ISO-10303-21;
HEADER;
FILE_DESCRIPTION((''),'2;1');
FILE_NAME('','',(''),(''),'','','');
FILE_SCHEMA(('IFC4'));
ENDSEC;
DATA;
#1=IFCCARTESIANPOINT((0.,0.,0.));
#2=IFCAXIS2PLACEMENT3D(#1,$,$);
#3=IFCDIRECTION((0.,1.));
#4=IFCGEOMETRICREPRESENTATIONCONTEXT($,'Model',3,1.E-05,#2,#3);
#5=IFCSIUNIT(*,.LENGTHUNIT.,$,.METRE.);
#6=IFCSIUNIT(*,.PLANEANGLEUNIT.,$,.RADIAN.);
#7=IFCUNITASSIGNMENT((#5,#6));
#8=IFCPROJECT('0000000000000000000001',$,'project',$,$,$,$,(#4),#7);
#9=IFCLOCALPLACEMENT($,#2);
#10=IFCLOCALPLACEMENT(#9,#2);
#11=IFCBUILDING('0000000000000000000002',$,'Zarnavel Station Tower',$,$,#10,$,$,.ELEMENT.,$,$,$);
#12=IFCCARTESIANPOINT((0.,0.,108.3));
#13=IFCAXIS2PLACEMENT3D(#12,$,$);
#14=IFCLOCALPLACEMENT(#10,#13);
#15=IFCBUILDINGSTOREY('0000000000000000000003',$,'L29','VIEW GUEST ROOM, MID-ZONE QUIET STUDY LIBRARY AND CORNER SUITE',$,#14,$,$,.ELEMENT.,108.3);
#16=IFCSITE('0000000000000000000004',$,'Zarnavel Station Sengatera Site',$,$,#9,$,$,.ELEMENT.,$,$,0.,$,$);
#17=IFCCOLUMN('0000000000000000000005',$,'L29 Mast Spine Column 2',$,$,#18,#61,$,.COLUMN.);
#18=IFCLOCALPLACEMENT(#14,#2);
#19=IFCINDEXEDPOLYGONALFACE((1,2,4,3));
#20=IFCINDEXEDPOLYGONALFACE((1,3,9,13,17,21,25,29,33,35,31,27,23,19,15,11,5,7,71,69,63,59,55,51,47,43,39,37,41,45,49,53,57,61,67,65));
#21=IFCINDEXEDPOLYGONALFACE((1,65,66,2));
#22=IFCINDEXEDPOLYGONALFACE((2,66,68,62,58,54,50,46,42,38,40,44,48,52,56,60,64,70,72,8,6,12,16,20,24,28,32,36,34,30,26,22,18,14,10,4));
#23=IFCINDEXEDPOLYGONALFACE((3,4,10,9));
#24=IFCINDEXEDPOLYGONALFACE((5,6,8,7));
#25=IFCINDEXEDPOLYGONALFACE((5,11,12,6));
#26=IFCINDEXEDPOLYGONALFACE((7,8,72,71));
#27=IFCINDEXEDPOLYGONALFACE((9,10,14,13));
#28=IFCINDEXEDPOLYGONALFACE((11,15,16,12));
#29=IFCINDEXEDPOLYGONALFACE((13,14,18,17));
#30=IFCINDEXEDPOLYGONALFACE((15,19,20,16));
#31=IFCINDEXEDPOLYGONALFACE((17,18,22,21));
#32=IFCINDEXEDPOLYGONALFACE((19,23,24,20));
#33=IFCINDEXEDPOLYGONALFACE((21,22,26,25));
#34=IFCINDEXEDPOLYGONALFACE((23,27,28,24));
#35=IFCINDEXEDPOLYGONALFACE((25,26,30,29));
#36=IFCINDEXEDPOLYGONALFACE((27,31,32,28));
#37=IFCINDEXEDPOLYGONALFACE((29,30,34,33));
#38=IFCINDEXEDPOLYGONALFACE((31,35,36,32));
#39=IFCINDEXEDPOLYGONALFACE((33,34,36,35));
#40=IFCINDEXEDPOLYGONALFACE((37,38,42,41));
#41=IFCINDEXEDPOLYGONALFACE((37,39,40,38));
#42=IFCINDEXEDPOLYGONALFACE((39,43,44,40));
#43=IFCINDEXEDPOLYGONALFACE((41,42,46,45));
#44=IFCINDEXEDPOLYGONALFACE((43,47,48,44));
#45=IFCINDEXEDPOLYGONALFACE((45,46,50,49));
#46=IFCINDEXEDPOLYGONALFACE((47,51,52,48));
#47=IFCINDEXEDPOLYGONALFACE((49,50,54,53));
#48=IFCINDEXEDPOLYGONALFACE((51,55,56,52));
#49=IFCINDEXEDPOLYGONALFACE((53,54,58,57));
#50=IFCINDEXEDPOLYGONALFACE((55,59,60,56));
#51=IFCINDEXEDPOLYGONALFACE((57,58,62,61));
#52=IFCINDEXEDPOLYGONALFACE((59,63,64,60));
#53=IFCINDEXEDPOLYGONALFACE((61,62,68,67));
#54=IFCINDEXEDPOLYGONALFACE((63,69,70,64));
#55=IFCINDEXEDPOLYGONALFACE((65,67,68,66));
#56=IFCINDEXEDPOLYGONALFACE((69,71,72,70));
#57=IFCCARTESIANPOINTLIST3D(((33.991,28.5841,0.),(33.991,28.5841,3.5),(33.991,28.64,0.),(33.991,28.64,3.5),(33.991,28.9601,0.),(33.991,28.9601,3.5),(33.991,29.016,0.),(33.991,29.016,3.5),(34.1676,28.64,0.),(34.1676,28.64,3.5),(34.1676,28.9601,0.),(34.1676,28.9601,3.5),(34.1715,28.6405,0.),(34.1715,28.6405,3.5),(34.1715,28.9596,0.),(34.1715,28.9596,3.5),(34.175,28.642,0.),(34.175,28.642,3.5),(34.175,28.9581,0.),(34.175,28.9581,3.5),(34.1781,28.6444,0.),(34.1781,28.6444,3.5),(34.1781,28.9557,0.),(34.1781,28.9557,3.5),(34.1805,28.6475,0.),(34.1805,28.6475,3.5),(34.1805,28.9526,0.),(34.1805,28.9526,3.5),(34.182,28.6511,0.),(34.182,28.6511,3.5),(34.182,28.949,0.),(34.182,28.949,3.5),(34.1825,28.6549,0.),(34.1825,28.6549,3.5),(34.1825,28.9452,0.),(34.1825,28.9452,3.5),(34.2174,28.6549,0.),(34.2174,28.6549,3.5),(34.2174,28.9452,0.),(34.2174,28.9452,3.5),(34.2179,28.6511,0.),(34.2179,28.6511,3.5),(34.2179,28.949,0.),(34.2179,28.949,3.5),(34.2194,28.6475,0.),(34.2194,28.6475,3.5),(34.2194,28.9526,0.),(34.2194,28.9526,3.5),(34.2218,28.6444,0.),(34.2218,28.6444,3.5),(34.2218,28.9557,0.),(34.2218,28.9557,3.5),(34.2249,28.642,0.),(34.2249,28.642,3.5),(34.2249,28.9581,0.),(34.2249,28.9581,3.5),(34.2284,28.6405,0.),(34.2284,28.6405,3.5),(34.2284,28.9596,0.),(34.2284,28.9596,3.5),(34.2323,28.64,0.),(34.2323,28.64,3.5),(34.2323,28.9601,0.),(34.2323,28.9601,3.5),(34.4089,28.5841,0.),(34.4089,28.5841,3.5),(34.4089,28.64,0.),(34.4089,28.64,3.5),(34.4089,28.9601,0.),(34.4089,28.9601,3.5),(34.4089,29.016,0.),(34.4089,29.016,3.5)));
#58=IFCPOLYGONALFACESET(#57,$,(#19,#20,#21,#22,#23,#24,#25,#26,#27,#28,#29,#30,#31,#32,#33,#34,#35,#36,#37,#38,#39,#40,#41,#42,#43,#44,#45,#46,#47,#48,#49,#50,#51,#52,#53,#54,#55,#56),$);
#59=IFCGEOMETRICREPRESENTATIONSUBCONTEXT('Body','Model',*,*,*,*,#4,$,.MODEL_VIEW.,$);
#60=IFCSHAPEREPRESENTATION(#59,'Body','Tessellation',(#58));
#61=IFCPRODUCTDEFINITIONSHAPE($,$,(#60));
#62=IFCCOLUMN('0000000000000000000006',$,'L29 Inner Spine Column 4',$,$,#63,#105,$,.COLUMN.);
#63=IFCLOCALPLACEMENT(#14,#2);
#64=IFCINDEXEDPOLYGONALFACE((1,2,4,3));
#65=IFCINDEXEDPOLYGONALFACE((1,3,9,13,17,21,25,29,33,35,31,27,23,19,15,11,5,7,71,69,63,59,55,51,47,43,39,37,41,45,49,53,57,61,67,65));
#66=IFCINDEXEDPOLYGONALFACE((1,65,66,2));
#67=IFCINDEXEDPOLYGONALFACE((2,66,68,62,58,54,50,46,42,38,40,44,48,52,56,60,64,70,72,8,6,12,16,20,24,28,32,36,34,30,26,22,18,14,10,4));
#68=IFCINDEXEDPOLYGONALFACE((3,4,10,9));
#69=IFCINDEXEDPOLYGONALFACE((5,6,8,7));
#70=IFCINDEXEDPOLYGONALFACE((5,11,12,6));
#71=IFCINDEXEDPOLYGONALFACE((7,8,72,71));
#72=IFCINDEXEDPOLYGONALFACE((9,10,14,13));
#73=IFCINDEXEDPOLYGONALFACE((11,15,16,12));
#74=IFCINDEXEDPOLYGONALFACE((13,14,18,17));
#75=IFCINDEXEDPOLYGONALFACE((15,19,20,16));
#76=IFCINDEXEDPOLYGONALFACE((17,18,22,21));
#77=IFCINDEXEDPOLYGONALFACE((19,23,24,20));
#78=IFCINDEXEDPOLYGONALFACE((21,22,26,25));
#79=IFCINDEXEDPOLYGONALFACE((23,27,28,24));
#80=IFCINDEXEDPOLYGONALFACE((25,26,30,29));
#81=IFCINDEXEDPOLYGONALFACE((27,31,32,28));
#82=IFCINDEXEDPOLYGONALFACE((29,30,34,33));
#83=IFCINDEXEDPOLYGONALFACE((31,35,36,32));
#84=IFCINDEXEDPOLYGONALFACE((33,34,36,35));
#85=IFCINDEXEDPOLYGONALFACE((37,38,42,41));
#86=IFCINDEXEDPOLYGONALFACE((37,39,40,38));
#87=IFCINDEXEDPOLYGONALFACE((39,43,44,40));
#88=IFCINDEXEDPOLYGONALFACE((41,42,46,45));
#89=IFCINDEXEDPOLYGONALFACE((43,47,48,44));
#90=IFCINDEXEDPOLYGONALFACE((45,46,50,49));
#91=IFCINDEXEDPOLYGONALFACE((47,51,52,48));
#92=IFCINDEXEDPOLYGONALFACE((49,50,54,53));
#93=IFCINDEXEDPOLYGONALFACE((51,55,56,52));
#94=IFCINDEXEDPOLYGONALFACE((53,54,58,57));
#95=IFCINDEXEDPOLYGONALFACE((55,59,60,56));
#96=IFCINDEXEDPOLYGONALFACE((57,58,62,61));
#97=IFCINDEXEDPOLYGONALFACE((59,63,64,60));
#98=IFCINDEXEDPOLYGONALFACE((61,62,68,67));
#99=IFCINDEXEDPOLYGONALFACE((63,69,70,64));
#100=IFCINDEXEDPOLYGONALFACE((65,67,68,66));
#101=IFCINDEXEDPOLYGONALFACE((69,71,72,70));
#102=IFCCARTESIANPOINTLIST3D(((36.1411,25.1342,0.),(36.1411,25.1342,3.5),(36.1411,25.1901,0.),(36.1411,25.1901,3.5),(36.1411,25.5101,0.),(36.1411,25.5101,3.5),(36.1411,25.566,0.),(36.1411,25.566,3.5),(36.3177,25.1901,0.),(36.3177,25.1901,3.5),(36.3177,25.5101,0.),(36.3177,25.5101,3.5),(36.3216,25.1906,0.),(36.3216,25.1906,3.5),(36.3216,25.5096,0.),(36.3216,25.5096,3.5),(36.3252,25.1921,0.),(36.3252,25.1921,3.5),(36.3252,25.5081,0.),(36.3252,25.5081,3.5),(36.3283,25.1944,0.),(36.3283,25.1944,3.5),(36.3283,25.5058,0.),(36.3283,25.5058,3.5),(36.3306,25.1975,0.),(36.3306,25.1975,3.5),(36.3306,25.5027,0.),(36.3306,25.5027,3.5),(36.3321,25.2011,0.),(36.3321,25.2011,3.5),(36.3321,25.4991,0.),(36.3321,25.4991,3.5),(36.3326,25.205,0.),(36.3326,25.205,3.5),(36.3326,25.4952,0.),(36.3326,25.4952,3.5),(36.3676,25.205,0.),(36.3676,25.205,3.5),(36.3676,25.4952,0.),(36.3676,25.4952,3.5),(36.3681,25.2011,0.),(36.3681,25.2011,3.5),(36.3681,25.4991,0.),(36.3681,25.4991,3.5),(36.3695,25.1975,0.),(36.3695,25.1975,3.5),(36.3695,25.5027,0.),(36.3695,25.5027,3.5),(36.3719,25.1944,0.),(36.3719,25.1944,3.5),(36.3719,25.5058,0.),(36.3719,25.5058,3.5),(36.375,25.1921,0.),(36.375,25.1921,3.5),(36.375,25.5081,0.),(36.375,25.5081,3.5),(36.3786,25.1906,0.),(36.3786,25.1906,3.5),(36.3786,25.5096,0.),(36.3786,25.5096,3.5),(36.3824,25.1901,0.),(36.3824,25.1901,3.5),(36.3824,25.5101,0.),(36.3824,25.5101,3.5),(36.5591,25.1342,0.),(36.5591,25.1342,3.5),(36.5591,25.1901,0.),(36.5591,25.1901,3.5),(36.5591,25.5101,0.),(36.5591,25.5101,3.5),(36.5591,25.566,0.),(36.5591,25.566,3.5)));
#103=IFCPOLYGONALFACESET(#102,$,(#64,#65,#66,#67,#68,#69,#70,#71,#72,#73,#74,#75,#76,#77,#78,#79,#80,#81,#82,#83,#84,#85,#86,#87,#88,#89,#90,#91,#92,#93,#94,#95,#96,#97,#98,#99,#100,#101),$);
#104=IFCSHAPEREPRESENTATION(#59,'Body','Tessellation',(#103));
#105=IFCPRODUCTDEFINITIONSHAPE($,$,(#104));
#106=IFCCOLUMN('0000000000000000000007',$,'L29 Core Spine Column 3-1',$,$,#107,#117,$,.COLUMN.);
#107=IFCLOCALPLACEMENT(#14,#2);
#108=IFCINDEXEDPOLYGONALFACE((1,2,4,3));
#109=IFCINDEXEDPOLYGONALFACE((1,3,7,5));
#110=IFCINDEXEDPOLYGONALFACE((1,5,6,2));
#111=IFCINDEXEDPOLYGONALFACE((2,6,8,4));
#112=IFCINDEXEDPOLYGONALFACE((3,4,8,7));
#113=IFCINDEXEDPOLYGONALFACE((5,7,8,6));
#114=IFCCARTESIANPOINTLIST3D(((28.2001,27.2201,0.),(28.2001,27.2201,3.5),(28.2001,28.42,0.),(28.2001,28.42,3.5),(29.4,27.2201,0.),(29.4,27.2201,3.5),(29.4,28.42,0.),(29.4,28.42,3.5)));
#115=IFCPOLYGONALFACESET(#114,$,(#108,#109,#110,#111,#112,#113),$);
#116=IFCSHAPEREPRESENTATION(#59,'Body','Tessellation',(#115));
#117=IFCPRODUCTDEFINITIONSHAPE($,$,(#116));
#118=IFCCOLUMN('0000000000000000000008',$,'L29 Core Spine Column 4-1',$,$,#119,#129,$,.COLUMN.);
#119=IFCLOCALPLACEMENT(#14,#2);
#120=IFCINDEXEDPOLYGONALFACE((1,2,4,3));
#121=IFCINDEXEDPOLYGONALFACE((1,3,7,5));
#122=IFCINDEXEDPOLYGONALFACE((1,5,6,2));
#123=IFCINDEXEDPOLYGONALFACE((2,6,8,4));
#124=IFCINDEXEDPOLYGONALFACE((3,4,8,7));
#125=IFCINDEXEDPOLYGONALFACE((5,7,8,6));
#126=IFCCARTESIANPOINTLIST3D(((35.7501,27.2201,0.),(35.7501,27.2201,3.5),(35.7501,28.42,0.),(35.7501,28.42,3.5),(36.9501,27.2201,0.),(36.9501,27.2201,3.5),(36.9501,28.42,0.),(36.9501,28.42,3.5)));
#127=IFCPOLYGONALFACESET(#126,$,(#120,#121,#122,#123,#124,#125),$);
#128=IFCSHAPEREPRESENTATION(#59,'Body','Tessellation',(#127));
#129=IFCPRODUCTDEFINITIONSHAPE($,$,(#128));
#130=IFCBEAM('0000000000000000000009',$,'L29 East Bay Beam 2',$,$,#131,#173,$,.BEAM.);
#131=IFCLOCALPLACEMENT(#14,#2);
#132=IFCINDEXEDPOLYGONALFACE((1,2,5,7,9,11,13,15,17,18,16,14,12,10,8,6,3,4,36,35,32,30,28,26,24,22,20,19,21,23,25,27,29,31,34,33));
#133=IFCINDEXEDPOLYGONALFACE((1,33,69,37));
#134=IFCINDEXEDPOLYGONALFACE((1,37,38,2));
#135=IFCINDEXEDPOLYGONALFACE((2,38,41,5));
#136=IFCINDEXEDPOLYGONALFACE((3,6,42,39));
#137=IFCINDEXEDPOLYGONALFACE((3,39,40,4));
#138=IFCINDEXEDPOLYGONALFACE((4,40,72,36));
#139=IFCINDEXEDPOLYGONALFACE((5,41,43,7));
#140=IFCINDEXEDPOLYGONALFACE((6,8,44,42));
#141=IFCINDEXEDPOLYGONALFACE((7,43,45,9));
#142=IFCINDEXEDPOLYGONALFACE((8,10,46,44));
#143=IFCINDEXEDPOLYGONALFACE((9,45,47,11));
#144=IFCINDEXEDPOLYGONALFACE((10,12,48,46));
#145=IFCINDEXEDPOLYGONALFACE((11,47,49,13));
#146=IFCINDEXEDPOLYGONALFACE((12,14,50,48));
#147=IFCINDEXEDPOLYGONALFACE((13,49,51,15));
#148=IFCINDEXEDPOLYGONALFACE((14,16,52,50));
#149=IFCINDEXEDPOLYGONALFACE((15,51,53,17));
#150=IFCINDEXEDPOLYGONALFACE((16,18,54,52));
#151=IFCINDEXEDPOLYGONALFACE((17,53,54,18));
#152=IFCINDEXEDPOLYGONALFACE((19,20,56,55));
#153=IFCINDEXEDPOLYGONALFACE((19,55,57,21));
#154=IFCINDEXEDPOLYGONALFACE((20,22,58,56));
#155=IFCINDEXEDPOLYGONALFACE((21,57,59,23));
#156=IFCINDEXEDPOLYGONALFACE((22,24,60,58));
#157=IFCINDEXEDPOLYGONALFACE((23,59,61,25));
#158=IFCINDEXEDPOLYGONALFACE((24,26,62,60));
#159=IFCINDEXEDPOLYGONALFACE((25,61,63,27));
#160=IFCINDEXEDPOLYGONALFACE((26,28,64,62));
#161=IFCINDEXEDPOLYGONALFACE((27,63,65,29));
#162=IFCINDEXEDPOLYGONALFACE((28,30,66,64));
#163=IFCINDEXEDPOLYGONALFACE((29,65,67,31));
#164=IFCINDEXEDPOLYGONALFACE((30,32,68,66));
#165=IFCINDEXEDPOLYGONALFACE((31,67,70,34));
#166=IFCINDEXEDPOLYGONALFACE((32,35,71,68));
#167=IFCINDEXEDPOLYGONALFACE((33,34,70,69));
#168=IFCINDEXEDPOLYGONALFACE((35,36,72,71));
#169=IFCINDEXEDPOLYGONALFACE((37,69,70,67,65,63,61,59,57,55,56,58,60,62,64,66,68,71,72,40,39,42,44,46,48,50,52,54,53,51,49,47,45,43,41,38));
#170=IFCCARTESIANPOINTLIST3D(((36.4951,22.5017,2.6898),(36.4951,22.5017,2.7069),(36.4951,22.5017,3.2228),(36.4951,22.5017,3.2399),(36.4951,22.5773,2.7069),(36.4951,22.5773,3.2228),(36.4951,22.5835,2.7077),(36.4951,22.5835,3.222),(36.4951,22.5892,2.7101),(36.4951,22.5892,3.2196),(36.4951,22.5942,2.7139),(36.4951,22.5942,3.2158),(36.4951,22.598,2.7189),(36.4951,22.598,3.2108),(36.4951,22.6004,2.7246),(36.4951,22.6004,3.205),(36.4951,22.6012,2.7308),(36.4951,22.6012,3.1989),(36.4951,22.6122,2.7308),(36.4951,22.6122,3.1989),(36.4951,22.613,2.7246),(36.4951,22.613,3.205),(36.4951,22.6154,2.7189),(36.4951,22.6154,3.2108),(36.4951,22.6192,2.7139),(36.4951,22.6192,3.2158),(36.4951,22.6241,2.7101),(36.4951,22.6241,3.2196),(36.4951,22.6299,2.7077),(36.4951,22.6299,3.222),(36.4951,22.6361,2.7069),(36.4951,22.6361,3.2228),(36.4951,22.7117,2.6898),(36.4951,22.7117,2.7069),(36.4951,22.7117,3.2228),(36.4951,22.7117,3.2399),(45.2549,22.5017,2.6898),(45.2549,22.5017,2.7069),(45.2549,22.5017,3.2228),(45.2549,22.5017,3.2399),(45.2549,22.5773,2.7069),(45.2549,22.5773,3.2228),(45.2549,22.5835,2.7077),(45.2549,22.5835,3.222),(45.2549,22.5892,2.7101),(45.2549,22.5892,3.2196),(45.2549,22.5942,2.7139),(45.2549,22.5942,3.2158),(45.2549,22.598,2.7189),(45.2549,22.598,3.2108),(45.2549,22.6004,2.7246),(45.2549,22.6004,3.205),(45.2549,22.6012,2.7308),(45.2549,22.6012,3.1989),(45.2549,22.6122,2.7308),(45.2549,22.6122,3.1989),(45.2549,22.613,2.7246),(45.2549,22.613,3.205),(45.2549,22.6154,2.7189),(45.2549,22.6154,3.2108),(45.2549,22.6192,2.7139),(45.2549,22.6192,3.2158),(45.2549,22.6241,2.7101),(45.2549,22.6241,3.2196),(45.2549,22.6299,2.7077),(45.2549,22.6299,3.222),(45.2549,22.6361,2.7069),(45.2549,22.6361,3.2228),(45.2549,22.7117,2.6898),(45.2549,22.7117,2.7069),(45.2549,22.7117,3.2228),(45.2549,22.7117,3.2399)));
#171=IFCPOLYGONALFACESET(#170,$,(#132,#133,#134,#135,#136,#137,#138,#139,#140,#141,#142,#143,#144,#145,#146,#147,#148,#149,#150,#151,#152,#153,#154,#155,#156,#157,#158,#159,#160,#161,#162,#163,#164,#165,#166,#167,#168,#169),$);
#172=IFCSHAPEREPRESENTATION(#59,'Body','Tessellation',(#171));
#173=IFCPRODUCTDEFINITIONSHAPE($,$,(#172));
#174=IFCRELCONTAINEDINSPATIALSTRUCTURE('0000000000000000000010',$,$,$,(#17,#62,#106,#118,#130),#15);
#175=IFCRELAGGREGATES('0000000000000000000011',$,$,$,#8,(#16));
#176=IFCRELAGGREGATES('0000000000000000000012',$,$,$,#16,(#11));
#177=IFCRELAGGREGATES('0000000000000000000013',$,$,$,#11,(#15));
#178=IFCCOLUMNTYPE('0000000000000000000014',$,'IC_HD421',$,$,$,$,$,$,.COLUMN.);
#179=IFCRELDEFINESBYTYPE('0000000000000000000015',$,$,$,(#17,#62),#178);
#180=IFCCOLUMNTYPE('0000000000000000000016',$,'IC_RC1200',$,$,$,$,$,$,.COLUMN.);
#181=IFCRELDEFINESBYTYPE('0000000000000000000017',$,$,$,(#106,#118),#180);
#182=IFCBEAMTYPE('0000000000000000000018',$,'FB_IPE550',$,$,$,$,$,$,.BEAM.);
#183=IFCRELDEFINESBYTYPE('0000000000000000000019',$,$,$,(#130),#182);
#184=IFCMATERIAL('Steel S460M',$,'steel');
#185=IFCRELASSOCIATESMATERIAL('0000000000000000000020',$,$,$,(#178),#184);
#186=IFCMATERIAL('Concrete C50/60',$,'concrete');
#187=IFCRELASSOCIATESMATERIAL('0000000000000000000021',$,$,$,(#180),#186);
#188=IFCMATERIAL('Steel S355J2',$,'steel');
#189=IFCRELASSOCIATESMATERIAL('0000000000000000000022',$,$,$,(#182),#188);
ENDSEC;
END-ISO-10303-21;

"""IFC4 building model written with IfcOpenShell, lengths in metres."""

from ifc_helpers import new_model, si_unit, direction, frame, origin, origin_2d, place, context, subcontext, project, spatial, rectangle, i_section, extrude, material, material_profile, profile_set, type_object, element, save


model = new_model("IFC4")

# Units and contexts
model_context = context("Model", 3, precision=1e-05, world=origin(), true_north=direction((0.0, 1.0)))
body_context = subcontext(model_context, "Body", "Model", "MODEL_VIEW")
ifc_project = project(units=[si_unit("LENGTHUNIT", "METRE"), si_unit("PLANEANGLEUNIT", "RADIAN")], contexts=[model_context])

# Site, building, storey
site_placement = place(None, origin())
site = spatial("IfcSite", under=ifc_project, at=site_placement, Name="Zarnavel Station Sengatera Site", CompositionType="ELEMENT", RefElevation=0.0)
building_placement = place(site_placement, origin())
building = spatial("IfcBuilding", under=site, at=building_placement, Name="Zarnavel Station Tower", CompositionType="ELEMENT")
storey_placement = place(building_placement, frame((0.0, 0.0, 108.3)))
storey = spatial("IfcBuildingStorey", under=building, at=storey_placement, Name="L29", Description="VIEW GUEST ROOM, MID-ZONE QUIET STUDY LIBRARY AND CORNER SUITE", CompositionType="ELEMENT", Elevation=108.3)

# Columns
ifc_material_1 = material(Name="Steel S460M", Category="steel")
ifc_material_profile_1 = material_profile(ifc_material_1, i_section(OverallWidth=0.418, OverallDepth=0.4319, WebThickness=0.0349, FlangeThickness=0.0559, FilletRadius=0.0149, at=origin_2d()), Name="HD400x421")
ifc_profile_set_1 = profile_set([ifc_material_profile_1], Name="Steel S460M")
column_type_1 = type_object("IfcColumnType", Name="IC_HD421", PredefinedType="COLUMN", material=ifc_profile_set_1)
for number, where, z_axis, x_axis, name in (
    (1, (34.2, 28.8, 0.0), (0.0, 0.0, 1.0), (1.0, 0.0, 0.0), "L29 Mast Spine Column 2"),
    (2, (36.3501, 25.3501, 0.0), (0.0, 0.0, 1.0), (1.0, 0.0, 0.0), "L29 Inner Spine Column 4"),
):
    element("IfcColumn", number, at=place(storey_placement, frame(where, z_axis=z_axis, x_axis=x_axis)), inside=storey, type_object=column_type_1, Name=name, PredefinedType="COLUMN", context=body_context, shape_type="SweptSolid", body=[
        extrude(i_section(OverallWidth=0.418, OverallDepth=0.4319, WebThickness=0.0349, FlangeThickness=0.0559, FilletRadius=0.0149, at=origin_2d()), origin(), (0.0, 0.0, 1.0), 3.5),
    ])
ifc_material_2 = material(Name="Concrete C50/60", Category="concrete")
ifc_material_profile_2 = material_profile(ifc_material_2, rectangle(XDim=1.2, YDim=1.2, at=origin_2d()), Name="RC1200x1200")
ifc_profile_set_2 = profile_set([ifc_material_profile_2], Name="Concrete C50/60")
column_type_2 = type_object("IfcColumnType", Name="IC_RC1200", PredefinedType="COLUMN", material=ifc_profile_set_2)
for number, where, z_axis, x_axis, name in (
    (3, (28.8, 27.8201, 0.0), (0.0, 0.0, 1.0), (1.0, 0.0, 0.0), "L29 Core Spine Column 3-1"),
    (4, (36.3501, 27.8201, 0.0), (0.0, 0.0, 1.0), (1.0, 0.0, 0.0), "L29 Core Spine Column 4-1"),
):
    element("IfcColumn", number, at=place(storey_placement, frame(where, z_axis=z_axis, x_axis=x_axis)), inside=storey, type_object=column_type_2, Name=name, PredefinedType="COLUMN", context=body_context, shape_type="SweptSolid", body=[
        extrude(rectangle(XDim=1.2, YDim=1.2, at=origin_2d()), origin(), (0.0, 0.0, 1.0), 3.5),
    ])

# Beam
ifc_material_3 = material(Name="Steel S355J2", Category="steel")
ifc_material_profile_3 = material_profile(ifc_material_3, i_section(OverallWidth=0.21, OverallDepth=0.55, WebThickness=0.011, FlangeThickness=0.0171, FilletRadius=0.0239, at=origin_2d()), Name="IPE550")
ifc_profile_set_3 = profile_set([ifc_material_profile_3], Name="Steel S355J2")
beam_type_1 = type_object("IfcBeamType", Name="FB_IPE550", PredefinedType="BEAM", material=ifc_profile_set_3)
beam_1_placement = place(storey_placement, frame((36.4951, 22.6067, 2.9648), z_axis=(1.0, 0.0, 0.0), x_axis=(0.0, 1.0, 0.0)))
element("IfcBeam", 5, at=beam_1_placement, inside=storey, type_object=beam_type_1, Name="L29 East Bay Beam 2", PredefinedType="BEAM", context=body_context, shape_type="SweptSolid", body=[
    extrude(i_section(OverallWidth=0.21, OverallDepth=0.55, WebThickness=0.011, FlangeThickness=0.0171, FilletRadius=0.0239, at=origin_2d()), origin(), (0.0, 0.0, 1.0), 8.7598),
])

save(model, "model.ifc")
